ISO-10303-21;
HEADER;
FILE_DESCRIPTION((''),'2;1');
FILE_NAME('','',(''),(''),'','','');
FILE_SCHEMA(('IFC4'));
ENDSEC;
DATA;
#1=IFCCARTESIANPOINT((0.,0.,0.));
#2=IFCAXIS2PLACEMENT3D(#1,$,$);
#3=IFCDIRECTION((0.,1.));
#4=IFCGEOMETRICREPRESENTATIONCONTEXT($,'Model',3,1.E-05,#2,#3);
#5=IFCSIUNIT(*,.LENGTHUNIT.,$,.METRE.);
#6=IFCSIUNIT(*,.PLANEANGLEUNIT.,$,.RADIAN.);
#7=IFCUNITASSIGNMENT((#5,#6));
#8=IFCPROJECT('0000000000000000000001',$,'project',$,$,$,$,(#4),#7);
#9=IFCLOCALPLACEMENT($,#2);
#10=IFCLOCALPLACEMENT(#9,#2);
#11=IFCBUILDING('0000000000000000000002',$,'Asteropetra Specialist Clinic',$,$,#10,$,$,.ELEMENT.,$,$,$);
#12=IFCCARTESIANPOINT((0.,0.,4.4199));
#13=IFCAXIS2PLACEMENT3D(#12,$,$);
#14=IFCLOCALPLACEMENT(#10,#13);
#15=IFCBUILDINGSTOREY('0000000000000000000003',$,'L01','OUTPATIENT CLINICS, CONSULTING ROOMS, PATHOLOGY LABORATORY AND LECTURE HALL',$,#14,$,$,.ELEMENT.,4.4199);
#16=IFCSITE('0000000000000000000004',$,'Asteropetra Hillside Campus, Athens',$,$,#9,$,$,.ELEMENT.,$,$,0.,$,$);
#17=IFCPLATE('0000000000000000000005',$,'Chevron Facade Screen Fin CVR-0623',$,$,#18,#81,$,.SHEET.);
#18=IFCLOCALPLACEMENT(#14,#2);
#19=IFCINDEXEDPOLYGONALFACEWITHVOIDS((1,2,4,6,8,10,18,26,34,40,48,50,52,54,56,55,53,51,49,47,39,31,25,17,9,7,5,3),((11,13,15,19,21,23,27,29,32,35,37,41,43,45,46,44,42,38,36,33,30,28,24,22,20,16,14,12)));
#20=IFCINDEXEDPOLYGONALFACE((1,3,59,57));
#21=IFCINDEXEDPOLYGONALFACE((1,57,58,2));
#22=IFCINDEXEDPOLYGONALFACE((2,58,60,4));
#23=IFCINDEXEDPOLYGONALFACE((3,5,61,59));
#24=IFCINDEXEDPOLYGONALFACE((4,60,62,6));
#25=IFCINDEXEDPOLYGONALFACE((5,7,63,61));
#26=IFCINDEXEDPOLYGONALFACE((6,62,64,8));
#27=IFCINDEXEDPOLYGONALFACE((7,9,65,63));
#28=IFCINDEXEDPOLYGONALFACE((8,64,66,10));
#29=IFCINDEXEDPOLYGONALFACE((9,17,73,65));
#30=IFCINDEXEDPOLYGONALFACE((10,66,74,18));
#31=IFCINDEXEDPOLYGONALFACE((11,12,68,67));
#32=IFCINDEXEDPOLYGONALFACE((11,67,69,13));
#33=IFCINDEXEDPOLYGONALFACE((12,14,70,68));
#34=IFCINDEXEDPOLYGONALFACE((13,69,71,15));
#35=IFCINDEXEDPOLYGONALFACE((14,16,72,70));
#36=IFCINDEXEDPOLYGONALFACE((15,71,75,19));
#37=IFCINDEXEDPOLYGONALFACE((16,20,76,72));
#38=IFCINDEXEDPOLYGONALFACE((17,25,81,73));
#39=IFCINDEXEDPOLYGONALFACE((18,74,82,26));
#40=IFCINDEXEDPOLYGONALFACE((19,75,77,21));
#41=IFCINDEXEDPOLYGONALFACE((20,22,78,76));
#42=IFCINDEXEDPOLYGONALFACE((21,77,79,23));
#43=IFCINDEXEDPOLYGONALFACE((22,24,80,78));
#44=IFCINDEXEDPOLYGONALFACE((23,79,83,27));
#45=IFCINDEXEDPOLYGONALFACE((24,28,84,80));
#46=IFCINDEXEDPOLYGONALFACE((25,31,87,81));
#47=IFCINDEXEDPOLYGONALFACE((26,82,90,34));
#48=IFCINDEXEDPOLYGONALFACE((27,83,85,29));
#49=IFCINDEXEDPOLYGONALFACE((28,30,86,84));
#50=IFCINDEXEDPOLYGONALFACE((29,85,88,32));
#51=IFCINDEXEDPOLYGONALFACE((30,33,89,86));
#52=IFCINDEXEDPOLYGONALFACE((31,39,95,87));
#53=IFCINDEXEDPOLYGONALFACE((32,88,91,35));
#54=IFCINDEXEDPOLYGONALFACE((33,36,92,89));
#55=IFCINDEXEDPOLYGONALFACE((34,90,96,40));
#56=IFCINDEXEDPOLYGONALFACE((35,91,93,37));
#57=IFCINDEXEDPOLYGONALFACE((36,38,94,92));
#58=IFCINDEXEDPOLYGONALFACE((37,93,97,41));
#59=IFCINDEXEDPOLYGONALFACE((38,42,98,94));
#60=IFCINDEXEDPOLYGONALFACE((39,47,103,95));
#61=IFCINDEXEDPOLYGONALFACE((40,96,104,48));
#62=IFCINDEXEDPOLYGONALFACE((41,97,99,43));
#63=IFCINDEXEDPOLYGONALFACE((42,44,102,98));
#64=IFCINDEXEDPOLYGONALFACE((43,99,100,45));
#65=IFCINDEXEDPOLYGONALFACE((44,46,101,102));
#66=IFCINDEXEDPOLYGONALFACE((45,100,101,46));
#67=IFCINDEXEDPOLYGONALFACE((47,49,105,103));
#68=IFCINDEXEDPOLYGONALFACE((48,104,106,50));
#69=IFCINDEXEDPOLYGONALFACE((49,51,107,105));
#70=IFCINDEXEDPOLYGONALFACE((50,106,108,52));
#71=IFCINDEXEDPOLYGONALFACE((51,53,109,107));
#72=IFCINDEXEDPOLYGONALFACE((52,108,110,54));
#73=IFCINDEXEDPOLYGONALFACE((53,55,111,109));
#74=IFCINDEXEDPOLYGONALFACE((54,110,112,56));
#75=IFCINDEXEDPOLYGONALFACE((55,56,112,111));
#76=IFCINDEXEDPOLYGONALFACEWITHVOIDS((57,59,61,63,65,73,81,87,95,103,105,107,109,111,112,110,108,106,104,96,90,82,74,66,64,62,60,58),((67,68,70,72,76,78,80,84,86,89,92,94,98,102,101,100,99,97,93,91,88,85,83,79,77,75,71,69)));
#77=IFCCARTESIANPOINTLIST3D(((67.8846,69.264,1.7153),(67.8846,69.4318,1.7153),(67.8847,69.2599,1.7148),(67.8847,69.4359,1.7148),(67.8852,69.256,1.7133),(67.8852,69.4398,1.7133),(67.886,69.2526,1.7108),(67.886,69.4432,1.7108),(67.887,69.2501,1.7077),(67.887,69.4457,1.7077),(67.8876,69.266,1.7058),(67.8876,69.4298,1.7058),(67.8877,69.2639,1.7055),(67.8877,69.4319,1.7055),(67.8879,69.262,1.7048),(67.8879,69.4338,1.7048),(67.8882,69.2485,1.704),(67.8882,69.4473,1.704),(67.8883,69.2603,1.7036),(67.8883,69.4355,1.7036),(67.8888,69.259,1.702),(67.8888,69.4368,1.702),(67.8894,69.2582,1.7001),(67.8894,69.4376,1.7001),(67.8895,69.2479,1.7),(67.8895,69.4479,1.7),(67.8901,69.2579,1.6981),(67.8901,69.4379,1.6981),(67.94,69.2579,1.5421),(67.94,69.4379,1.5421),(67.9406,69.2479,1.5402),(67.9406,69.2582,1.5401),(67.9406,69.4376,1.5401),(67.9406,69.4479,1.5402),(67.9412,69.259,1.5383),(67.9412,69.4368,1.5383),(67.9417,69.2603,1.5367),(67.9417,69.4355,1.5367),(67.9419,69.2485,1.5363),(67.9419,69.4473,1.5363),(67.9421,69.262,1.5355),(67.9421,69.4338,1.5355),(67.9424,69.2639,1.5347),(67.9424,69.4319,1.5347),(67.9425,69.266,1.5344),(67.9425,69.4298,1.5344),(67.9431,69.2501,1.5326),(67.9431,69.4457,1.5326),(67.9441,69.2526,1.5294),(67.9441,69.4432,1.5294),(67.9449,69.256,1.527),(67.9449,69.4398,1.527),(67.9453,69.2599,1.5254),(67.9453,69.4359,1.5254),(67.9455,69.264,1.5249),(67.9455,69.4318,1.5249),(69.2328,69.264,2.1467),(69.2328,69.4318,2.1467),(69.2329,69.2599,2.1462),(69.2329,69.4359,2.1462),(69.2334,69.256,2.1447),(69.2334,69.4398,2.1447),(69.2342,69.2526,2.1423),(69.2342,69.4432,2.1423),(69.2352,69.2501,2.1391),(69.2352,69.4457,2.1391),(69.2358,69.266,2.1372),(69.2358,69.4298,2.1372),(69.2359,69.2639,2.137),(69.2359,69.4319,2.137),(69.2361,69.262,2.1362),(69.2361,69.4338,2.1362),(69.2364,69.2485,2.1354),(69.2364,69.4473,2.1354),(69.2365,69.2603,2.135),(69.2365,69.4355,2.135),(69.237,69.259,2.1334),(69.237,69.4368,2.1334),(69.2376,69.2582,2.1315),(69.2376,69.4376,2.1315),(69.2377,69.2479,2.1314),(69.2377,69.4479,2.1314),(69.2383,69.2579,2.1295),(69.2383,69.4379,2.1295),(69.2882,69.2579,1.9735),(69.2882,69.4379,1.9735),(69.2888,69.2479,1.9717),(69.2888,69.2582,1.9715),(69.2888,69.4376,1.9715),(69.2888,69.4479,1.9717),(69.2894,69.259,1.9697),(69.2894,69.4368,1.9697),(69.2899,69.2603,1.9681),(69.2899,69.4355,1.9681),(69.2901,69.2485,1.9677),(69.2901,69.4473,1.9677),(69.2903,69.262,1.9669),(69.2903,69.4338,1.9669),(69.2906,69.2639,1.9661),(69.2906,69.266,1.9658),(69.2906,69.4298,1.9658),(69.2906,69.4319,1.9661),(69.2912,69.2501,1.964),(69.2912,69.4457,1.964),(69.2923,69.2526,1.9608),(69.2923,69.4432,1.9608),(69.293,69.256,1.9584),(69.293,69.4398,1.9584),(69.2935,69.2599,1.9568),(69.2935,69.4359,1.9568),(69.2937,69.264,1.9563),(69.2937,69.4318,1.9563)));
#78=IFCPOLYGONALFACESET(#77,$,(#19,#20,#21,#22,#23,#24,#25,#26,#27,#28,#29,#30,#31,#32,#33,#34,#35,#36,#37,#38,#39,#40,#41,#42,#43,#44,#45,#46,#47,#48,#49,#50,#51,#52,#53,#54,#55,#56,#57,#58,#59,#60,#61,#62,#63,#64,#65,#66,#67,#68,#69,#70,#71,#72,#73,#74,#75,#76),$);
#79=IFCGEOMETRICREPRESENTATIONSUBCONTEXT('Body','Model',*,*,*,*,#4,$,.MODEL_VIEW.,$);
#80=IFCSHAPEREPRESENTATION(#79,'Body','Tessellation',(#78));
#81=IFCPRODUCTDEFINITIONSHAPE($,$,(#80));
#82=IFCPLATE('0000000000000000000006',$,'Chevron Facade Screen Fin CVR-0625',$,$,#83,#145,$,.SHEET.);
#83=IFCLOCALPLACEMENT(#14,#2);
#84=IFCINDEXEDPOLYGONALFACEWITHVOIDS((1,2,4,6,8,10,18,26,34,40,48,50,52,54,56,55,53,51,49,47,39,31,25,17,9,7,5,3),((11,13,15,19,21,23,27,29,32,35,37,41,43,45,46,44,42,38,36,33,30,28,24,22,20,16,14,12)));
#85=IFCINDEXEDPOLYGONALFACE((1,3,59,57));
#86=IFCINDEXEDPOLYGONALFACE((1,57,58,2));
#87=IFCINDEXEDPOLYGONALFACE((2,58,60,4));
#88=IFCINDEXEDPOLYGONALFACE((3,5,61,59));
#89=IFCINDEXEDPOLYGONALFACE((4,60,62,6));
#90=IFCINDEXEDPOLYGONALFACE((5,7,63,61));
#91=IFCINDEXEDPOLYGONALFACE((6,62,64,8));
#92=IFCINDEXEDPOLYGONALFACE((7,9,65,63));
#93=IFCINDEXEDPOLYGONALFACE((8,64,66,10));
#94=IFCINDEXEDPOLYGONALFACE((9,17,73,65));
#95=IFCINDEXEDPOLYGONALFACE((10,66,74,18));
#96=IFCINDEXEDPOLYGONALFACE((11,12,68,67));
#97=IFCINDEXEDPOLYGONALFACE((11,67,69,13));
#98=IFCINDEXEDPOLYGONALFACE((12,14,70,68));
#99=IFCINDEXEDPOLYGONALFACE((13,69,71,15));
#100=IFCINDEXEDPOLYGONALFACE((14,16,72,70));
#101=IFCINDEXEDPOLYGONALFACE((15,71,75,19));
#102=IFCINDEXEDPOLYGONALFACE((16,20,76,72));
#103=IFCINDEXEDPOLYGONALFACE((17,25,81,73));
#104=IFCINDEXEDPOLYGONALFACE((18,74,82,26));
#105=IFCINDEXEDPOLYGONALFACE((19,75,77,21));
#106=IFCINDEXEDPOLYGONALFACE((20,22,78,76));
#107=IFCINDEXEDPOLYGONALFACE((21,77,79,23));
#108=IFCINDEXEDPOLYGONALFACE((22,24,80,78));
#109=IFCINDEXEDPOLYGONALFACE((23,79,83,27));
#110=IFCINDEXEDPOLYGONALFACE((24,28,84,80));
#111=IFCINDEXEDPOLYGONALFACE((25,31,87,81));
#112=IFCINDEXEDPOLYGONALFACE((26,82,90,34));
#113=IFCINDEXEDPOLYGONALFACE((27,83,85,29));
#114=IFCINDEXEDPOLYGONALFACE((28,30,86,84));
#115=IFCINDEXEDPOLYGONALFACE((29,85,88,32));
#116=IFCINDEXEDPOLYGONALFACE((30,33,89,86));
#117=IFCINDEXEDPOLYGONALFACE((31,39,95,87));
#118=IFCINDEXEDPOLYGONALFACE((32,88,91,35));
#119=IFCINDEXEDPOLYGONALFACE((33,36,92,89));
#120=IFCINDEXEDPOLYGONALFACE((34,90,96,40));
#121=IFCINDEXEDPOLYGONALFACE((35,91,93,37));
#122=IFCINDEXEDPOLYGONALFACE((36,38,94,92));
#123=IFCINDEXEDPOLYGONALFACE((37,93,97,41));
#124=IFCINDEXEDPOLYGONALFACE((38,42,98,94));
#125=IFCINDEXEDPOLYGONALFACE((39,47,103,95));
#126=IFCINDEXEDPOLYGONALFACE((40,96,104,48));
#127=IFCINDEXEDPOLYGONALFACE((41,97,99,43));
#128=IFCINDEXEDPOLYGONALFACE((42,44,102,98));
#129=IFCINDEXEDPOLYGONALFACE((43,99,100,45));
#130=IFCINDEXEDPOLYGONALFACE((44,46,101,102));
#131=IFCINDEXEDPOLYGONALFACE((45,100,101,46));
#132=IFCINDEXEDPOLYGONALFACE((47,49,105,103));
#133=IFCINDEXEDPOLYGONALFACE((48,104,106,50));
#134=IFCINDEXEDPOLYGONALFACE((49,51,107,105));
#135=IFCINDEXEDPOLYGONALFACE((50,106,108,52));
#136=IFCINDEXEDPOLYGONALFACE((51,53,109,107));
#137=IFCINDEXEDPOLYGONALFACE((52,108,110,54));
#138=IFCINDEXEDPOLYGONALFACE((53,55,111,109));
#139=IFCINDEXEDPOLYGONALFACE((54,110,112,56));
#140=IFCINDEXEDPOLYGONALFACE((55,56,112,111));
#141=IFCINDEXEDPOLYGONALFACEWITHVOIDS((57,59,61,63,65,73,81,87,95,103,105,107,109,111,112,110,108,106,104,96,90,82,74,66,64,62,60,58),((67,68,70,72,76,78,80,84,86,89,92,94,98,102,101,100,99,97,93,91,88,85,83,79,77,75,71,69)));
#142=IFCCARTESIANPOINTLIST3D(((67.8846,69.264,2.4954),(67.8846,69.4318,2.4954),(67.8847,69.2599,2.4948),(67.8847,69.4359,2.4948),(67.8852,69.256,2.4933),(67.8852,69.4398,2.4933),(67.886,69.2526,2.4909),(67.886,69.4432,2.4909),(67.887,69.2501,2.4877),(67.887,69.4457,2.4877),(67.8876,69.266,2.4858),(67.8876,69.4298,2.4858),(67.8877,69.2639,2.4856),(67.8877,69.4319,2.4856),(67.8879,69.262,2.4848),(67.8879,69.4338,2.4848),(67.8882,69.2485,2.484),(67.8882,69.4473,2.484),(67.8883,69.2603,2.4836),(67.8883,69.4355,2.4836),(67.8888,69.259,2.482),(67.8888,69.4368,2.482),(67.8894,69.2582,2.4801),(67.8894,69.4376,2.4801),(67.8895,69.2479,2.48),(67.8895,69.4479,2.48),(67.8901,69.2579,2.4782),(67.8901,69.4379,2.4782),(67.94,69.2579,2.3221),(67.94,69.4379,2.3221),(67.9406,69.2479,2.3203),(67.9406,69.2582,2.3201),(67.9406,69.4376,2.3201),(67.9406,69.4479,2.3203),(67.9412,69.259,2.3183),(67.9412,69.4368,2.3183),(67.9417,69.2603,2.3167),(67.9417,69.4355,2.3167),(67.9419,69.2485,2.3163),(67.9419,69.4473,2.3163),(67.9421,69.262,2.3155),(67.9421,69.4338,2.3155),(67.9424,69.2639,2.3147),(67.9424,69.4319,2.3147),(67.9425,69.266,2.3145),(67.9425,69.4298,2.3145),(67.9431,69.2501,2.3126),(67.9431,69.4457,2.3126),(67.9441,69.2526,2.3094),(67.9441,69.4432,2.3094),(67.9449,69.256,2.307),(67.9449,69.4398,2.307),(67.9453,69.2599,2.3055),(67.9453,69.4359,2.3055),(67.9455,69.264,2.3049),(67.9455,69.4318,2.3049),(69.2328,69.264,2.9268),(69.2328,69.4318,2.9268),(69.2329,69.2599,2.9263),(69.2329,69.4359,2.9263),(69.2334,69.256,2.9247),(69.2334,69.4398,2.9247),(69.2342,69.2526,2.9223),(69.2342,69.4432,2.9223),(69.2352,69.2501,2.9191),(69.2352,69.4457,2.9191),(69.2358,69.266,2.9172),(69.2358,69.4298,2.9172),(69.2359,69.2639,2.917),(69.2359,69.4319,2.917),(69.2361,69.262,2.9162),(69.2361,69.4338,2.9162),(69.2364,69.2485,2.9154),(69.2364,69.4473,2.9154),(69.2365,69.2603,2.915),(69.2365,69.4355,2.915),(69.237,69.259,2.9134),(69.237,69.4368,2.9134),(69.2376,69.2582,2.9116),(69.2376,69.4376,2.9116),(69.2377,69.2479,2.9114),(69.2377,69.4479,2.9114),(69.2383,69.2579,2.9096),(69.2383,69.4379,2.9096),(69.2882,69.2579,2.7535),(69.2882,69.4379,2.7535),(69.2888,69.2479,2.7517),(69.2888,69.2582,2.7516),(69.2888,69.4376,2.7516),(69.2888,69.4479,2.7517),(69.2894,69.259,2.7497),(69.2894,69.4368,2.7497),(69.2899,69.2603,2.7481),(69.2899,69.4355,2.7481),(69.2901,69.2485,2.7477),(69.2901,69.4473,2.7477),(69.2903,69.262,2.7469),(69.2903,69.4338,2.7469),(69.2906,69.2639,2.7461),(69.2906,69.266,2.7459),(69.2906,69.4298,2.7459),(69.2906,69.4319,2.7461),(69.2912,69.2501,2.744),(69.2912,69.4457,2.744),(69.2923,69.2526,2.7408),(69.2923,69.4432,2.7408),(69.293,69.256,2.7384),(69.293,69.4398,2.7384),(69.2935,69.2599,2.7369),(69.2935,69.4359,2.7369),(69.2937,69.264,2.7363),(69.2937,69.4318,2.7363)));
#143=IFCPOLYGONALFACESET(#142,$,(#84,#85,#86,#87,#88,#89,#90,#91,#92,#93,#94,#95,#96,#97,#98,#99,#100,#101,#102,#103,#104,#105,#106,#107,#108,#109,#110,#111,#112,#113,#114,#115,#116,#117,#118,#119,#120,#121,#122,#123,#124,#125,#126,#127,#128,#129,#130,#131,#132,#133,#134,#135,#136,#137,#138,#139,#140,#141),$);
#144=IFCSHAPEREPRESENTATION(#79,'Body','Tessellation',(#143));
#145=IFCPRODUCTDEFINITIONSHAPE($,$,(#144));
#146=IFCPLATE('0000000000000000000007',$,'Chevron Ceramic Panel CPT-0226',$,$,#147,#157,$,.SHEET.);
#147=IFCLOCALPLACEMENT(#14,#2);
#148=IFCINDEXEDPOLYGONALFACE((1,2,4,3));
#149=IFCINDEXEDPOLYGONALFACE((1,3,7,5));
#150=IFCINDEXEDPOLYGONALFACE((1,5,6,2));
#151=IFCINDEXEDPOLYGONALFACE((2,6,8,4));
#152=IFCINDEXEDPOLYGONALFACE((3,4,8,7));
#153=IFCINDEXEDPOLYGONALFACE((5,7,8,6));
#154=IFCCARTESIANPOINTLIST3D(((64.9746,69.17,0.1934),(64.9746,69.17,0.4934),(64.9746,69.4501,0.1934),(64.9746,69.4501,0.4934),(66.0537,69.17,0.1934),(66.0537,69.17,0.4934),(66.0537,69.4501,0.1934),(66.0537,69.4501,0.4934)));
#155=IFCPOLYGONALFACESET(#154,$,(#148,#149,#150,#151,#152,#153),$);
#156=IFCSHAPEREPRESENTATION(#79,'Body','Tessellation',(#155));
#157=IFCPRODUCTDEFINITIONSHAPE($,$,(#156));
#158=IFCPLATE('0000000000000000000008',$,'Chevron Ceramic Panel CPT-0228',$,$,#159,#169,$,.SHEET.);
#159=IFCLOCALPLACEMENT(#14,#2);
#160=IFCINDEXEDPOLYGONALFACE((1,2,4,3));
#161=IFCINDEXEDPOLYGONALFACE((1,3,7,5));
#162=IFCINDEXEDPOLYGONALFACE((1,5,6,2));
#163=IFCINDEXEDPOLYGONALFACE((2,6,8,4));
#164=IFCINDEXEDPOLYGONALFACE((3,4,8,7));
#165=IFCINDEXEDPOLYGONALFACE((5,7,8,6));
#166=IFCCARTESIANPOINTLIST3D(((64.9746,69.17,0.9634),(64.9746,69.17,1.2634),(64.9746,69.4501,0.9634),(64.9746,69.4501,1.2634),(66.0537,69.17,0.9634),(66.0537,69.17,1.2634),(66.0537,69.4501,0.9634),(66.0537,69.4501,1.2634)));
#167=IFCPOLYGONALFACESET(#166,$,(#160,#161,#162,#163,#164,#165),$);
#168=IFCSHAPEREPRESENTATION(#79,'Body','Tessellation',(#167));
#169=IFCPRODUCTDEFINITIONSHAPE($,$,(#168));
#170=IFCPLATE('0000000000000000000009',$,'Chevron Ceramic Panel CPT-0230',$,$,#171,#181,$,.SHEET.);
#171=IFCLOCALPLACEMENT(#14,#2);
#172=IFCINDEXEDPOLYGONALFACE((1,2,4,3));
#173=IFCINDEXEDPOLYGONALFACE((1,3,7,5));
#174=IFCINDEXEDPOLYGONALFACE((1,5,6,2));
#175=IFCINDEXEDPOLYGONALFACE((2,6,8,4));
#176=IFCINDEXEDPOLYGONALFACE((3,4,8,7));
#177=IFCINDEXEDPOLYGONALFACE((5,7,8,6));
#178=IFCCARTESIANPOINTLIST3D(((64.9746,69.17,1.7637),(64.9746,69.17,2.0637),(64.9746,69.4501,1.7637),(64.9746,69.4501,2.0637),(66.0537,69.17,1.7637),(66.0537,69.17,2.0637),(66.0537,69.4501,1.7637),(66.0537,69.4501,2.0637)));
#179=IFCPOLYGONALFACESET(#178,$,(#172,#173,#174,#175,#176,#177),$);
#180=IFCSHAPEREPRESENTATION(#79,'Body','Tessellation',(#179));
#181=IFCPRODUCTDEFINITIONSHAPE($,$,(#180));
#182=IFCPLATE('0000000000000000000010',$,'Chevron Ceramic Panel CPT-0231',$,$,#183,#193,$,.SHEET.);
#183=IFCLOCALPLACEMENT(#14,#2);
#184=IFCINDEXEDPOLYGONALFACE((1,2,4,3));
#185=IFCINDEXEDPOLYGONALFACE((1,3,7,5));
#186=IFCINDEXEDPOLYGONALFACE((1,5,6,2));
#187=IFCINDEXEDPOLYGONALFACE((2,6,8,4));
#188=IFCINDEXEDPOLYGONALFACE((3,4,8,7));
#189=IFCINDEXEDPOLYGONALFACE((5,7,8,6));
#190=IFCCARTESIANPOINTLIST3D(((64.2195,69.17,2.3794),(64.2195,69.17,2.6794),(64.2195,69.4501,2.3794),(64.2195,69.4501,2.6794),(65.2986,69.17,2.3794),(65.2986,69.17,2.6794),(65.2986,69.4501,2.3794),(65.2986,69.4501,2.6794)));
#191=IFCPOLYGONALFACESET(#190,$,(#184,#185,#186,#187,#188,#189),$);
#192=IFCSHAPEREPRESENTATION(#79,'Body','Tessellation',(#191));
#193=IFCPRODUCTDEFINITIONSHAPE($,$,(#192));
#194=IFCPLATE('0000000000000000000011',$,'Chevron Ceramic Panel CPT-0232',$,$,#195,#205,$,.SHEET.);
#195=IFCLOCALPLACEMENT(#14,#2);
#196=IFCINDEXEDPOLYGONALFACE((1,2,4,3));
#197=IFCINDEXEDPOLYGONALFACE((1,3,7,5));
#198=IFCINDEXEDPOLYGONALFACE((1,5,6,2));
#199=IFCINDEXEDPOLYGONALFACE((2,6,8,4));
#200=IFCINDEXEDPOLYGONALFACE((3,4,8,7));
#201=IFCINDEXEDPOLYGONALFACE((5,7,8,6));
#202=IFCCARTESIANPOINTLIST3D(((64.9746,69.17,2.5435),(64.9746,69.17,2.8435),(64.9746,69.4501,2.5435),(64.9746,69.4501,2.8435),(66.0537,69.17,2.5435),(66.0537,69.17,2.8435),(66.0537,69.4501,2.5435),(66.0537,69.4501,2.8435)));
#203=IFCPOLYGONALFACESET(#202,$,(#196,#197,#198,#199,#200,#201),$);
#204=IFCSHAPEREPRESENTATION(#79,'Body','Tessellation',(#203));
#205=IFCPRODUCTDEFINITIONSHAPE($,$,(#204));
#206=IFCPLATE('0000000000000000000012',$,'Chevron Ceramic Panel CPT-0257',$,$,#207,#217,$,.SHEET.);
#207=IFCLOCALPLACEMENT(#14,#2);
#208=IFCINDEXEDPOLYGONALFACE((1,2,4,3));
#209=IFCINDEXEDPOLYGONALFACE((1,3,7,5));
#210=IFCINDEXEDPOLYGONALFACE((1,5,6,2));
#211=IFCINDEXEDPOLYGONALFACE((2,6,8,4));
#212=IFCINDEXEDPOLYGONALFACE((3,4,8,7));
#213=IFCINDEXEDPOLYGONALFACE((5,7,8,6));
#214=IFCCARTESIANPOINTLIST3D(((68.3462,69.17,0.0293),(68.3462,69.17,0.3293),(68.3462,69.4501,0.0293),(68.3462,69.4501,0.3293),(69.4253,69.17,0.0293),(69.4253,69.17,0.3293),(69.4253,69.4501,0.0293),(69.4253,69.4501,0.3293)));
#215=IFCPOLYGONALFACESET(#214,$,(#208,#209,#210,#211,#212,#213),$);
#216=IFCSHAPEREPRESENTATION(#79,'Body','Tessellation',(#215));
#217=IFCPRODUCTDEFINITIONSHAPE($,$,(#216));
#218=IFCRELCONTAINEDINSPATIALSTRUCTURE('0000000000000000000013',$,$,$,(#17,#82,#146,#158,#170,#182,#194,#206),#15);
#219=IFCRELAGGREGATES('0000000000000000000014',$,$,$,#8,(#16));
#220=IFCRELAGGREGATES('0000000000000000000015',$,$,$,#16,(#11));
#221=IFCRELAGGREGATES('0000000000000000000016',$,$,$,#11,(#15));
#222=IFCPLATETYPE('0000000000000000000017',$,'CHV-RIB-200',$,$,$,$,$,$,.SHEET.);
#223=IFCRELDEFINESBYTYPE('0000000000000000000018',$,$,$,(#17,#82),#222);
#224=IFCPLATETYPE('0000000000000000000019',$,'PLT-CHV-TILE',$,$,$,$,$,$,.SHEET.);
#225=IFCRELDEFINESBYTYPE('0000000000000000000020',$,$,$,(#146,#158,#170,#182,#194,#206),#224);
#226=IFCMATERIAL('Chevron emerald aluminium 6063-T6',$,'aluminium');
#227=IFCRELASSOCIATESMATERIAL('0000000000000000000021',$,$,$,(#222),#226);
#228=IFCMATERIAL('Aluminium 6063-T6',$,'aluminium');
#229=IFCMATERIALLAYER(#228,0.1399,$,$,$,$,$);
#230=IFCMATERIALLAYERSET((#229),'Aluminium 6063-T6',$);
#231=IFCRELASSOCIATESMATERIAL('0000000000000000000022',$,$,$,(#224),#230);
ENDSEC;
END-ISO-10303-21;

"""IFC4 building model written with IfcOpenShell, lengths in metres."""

from ifc_helpers import new_model, si_unit, direction, frame, origin, origin_2d, place, context, subcontext, project, spatial, rectangle, hollow_rectangle, extrude, material, layer, layer_set, material_profile, profile_set, type_object, element, save


model = new_model("IFC4")

# Units and contexts
model_context = context("Model", 3, precision=1e-05, world=origin(), true_north=direction((0.0, 1.0)))
body_context = subcontext(model_context, "Body", "Model", "MODEL_VIEW")
ifc_project = project(units=[si_unit("LENGTHUNIT", "METRE"), si_unit("PLANEANGLEUNIT", "RADIAN")], contexts=[model_context])

# Site, building, storey
site_placement = place(None, origin())
site = spatial("IfcSite", under=ifc_project, at=site_placement, Name="Asteropetra Hillside Campus, Athens", CompositionType="ELEMENT", RefElevation=0.0)
building_placement = place(site_placement, origin())
building = spatial("IfcBuilding", under=site, at=building_placement, Name="Asteropetra Specialist Clinic", CompositionType="ELEMENT")
storey_placement = place(building_placement, frame((0.0, 0.0, 4.4199)))
storey = spatial("IfcBuildingStorey", under=building, at=storey_placement, Name="L01", Description="OUTPATIENT CLINICS, CONSULTING ROOMS, PATHOLOGY LABORATORY AND LECTURE HALL", CompositionType="ELEMENT", Elevation=4.4199)

# Plates
ifc_material_1 = material(Name="Chevron emerald aluminium 6063-T6", Category="aluminium")
ifc_material_profile_1 = material_profile(ifc_material_1, hollow_rectangle(XDim=0.2, YDim=0.2, WallThickness=0.01, InnerFilletRadius=0.0081, OuterFilletRadius=0.0161, at=origin_2d()), Name="SHS 200x200x10.0")
ifc_profile_set_1 = profile_set([ifc_material_profile_1], Name="Chevron emerald aluminium 6063-T6")
plate_type_1 = type_object("IfcPlateType", Name="CHV-RIB-200", PredefinedType="SHEET", material=ifc_profile_set_1)
for number, where, z_axis, x_axis, name in (
    (1, (67.915, 69.3479, 1.6201), (0.952426, 0.0, 0.304769), (0.0, 1.0, 0.0), "Chevron Facade Screen Fin CVR-0623"),
    (2, (67.915, 69.3479, 2.4001), (0.952426, 0.0, 0.304769), (0.0, 1.0, 0.0), "Chevron Facade Screen Fin CVR-0625"),
):
    element("IfcPlate", number, at=place(storey_placement, frame(where, z_axis=z_axis, x_axis=x_axis)), inside=storey, type_object=plate_type_1, Name=name, PredefinedType="SHEET", context=body_context, shape_type="SweptSolid", body=[
        extrude(hollow_rectangle(XDim=0.2, YDim=0.2, WallThickness=0.01, InnerFilletRadius=0.0081, OuterFilletRadius=0.0161, at=origin_2d()), origin(), (0.0, 0.0, 1.0), 1.4155),
    ])
ifc_material_2 = material(Name="Aluminium 6063-T6", Category="aluminium")
ifc_layer_1 = layer(ifc_material_2, 0.1399)
ifc_layer_set_1 = layer_set([ifc_layer_1], Name="Aluminium 6063-T6")
plate_type_2 = type_object("IfcPlateType", Name="PLT-CHV-TILE", PredefinedType="SHEET", material=ifc_layer_set_1)
for number, where, z_axis, x_axis, name in (
    (3, (65.5142, 69.3101, 0.1934), (0.0, 0.0, 1.0), (1.0, 0.0, 0.0), "Chevron Ceramic Panel CPT-0226"),
    (4, (65.5142, 69.3101, 0.9634), (0.0, 0.0, 1.0), (1.0, 0.0, 0.0), "Chevron Ceramic Panel CPT-0228"),
    (5, (65.5142, 69.3101, 1.7637), (0.0, 0.0, 1.0), (1.0, 0.0, 0.0), "Chevron Ceramic Panel CPT-0230"),
    (6, (64.759, 69.3101, 2.3794), (0.0, 0.0, 1.0), (1.0, 0.0, 0.0), "Chevron Ceramic Panel CPT-0231"),
    (7, (65.5142, 69.3101, 2.5435), (0.0, 0.0, 1.0), (1.0, 0.0, 0.0), "Chevron Ceramic Panel CPT-0232"),
    (8, (68.8857, 69.3101, 0.0293), (0.0, 0.0, 1.0), (1.0, 0.0, 0.0), "Chevron Ceramic Panel CPT-0257"),
):
    element("IfcPlate", number, at=place(storey_placement, frame(where, z_axis=z_axis, x_axis=x_axis)), inside=storey, type_object=plate_type_2, Name=name, PredefinedType="SHEET", context=body_context, shape_type="SweptSolid", body=[
        extrude(rectangle(XDim=1.0791, YDim=0.28, at=origin_2d()), origin(), (0.0, 0.0, 1.0), 0.3),
    ])

save(model, "model.ifc")
